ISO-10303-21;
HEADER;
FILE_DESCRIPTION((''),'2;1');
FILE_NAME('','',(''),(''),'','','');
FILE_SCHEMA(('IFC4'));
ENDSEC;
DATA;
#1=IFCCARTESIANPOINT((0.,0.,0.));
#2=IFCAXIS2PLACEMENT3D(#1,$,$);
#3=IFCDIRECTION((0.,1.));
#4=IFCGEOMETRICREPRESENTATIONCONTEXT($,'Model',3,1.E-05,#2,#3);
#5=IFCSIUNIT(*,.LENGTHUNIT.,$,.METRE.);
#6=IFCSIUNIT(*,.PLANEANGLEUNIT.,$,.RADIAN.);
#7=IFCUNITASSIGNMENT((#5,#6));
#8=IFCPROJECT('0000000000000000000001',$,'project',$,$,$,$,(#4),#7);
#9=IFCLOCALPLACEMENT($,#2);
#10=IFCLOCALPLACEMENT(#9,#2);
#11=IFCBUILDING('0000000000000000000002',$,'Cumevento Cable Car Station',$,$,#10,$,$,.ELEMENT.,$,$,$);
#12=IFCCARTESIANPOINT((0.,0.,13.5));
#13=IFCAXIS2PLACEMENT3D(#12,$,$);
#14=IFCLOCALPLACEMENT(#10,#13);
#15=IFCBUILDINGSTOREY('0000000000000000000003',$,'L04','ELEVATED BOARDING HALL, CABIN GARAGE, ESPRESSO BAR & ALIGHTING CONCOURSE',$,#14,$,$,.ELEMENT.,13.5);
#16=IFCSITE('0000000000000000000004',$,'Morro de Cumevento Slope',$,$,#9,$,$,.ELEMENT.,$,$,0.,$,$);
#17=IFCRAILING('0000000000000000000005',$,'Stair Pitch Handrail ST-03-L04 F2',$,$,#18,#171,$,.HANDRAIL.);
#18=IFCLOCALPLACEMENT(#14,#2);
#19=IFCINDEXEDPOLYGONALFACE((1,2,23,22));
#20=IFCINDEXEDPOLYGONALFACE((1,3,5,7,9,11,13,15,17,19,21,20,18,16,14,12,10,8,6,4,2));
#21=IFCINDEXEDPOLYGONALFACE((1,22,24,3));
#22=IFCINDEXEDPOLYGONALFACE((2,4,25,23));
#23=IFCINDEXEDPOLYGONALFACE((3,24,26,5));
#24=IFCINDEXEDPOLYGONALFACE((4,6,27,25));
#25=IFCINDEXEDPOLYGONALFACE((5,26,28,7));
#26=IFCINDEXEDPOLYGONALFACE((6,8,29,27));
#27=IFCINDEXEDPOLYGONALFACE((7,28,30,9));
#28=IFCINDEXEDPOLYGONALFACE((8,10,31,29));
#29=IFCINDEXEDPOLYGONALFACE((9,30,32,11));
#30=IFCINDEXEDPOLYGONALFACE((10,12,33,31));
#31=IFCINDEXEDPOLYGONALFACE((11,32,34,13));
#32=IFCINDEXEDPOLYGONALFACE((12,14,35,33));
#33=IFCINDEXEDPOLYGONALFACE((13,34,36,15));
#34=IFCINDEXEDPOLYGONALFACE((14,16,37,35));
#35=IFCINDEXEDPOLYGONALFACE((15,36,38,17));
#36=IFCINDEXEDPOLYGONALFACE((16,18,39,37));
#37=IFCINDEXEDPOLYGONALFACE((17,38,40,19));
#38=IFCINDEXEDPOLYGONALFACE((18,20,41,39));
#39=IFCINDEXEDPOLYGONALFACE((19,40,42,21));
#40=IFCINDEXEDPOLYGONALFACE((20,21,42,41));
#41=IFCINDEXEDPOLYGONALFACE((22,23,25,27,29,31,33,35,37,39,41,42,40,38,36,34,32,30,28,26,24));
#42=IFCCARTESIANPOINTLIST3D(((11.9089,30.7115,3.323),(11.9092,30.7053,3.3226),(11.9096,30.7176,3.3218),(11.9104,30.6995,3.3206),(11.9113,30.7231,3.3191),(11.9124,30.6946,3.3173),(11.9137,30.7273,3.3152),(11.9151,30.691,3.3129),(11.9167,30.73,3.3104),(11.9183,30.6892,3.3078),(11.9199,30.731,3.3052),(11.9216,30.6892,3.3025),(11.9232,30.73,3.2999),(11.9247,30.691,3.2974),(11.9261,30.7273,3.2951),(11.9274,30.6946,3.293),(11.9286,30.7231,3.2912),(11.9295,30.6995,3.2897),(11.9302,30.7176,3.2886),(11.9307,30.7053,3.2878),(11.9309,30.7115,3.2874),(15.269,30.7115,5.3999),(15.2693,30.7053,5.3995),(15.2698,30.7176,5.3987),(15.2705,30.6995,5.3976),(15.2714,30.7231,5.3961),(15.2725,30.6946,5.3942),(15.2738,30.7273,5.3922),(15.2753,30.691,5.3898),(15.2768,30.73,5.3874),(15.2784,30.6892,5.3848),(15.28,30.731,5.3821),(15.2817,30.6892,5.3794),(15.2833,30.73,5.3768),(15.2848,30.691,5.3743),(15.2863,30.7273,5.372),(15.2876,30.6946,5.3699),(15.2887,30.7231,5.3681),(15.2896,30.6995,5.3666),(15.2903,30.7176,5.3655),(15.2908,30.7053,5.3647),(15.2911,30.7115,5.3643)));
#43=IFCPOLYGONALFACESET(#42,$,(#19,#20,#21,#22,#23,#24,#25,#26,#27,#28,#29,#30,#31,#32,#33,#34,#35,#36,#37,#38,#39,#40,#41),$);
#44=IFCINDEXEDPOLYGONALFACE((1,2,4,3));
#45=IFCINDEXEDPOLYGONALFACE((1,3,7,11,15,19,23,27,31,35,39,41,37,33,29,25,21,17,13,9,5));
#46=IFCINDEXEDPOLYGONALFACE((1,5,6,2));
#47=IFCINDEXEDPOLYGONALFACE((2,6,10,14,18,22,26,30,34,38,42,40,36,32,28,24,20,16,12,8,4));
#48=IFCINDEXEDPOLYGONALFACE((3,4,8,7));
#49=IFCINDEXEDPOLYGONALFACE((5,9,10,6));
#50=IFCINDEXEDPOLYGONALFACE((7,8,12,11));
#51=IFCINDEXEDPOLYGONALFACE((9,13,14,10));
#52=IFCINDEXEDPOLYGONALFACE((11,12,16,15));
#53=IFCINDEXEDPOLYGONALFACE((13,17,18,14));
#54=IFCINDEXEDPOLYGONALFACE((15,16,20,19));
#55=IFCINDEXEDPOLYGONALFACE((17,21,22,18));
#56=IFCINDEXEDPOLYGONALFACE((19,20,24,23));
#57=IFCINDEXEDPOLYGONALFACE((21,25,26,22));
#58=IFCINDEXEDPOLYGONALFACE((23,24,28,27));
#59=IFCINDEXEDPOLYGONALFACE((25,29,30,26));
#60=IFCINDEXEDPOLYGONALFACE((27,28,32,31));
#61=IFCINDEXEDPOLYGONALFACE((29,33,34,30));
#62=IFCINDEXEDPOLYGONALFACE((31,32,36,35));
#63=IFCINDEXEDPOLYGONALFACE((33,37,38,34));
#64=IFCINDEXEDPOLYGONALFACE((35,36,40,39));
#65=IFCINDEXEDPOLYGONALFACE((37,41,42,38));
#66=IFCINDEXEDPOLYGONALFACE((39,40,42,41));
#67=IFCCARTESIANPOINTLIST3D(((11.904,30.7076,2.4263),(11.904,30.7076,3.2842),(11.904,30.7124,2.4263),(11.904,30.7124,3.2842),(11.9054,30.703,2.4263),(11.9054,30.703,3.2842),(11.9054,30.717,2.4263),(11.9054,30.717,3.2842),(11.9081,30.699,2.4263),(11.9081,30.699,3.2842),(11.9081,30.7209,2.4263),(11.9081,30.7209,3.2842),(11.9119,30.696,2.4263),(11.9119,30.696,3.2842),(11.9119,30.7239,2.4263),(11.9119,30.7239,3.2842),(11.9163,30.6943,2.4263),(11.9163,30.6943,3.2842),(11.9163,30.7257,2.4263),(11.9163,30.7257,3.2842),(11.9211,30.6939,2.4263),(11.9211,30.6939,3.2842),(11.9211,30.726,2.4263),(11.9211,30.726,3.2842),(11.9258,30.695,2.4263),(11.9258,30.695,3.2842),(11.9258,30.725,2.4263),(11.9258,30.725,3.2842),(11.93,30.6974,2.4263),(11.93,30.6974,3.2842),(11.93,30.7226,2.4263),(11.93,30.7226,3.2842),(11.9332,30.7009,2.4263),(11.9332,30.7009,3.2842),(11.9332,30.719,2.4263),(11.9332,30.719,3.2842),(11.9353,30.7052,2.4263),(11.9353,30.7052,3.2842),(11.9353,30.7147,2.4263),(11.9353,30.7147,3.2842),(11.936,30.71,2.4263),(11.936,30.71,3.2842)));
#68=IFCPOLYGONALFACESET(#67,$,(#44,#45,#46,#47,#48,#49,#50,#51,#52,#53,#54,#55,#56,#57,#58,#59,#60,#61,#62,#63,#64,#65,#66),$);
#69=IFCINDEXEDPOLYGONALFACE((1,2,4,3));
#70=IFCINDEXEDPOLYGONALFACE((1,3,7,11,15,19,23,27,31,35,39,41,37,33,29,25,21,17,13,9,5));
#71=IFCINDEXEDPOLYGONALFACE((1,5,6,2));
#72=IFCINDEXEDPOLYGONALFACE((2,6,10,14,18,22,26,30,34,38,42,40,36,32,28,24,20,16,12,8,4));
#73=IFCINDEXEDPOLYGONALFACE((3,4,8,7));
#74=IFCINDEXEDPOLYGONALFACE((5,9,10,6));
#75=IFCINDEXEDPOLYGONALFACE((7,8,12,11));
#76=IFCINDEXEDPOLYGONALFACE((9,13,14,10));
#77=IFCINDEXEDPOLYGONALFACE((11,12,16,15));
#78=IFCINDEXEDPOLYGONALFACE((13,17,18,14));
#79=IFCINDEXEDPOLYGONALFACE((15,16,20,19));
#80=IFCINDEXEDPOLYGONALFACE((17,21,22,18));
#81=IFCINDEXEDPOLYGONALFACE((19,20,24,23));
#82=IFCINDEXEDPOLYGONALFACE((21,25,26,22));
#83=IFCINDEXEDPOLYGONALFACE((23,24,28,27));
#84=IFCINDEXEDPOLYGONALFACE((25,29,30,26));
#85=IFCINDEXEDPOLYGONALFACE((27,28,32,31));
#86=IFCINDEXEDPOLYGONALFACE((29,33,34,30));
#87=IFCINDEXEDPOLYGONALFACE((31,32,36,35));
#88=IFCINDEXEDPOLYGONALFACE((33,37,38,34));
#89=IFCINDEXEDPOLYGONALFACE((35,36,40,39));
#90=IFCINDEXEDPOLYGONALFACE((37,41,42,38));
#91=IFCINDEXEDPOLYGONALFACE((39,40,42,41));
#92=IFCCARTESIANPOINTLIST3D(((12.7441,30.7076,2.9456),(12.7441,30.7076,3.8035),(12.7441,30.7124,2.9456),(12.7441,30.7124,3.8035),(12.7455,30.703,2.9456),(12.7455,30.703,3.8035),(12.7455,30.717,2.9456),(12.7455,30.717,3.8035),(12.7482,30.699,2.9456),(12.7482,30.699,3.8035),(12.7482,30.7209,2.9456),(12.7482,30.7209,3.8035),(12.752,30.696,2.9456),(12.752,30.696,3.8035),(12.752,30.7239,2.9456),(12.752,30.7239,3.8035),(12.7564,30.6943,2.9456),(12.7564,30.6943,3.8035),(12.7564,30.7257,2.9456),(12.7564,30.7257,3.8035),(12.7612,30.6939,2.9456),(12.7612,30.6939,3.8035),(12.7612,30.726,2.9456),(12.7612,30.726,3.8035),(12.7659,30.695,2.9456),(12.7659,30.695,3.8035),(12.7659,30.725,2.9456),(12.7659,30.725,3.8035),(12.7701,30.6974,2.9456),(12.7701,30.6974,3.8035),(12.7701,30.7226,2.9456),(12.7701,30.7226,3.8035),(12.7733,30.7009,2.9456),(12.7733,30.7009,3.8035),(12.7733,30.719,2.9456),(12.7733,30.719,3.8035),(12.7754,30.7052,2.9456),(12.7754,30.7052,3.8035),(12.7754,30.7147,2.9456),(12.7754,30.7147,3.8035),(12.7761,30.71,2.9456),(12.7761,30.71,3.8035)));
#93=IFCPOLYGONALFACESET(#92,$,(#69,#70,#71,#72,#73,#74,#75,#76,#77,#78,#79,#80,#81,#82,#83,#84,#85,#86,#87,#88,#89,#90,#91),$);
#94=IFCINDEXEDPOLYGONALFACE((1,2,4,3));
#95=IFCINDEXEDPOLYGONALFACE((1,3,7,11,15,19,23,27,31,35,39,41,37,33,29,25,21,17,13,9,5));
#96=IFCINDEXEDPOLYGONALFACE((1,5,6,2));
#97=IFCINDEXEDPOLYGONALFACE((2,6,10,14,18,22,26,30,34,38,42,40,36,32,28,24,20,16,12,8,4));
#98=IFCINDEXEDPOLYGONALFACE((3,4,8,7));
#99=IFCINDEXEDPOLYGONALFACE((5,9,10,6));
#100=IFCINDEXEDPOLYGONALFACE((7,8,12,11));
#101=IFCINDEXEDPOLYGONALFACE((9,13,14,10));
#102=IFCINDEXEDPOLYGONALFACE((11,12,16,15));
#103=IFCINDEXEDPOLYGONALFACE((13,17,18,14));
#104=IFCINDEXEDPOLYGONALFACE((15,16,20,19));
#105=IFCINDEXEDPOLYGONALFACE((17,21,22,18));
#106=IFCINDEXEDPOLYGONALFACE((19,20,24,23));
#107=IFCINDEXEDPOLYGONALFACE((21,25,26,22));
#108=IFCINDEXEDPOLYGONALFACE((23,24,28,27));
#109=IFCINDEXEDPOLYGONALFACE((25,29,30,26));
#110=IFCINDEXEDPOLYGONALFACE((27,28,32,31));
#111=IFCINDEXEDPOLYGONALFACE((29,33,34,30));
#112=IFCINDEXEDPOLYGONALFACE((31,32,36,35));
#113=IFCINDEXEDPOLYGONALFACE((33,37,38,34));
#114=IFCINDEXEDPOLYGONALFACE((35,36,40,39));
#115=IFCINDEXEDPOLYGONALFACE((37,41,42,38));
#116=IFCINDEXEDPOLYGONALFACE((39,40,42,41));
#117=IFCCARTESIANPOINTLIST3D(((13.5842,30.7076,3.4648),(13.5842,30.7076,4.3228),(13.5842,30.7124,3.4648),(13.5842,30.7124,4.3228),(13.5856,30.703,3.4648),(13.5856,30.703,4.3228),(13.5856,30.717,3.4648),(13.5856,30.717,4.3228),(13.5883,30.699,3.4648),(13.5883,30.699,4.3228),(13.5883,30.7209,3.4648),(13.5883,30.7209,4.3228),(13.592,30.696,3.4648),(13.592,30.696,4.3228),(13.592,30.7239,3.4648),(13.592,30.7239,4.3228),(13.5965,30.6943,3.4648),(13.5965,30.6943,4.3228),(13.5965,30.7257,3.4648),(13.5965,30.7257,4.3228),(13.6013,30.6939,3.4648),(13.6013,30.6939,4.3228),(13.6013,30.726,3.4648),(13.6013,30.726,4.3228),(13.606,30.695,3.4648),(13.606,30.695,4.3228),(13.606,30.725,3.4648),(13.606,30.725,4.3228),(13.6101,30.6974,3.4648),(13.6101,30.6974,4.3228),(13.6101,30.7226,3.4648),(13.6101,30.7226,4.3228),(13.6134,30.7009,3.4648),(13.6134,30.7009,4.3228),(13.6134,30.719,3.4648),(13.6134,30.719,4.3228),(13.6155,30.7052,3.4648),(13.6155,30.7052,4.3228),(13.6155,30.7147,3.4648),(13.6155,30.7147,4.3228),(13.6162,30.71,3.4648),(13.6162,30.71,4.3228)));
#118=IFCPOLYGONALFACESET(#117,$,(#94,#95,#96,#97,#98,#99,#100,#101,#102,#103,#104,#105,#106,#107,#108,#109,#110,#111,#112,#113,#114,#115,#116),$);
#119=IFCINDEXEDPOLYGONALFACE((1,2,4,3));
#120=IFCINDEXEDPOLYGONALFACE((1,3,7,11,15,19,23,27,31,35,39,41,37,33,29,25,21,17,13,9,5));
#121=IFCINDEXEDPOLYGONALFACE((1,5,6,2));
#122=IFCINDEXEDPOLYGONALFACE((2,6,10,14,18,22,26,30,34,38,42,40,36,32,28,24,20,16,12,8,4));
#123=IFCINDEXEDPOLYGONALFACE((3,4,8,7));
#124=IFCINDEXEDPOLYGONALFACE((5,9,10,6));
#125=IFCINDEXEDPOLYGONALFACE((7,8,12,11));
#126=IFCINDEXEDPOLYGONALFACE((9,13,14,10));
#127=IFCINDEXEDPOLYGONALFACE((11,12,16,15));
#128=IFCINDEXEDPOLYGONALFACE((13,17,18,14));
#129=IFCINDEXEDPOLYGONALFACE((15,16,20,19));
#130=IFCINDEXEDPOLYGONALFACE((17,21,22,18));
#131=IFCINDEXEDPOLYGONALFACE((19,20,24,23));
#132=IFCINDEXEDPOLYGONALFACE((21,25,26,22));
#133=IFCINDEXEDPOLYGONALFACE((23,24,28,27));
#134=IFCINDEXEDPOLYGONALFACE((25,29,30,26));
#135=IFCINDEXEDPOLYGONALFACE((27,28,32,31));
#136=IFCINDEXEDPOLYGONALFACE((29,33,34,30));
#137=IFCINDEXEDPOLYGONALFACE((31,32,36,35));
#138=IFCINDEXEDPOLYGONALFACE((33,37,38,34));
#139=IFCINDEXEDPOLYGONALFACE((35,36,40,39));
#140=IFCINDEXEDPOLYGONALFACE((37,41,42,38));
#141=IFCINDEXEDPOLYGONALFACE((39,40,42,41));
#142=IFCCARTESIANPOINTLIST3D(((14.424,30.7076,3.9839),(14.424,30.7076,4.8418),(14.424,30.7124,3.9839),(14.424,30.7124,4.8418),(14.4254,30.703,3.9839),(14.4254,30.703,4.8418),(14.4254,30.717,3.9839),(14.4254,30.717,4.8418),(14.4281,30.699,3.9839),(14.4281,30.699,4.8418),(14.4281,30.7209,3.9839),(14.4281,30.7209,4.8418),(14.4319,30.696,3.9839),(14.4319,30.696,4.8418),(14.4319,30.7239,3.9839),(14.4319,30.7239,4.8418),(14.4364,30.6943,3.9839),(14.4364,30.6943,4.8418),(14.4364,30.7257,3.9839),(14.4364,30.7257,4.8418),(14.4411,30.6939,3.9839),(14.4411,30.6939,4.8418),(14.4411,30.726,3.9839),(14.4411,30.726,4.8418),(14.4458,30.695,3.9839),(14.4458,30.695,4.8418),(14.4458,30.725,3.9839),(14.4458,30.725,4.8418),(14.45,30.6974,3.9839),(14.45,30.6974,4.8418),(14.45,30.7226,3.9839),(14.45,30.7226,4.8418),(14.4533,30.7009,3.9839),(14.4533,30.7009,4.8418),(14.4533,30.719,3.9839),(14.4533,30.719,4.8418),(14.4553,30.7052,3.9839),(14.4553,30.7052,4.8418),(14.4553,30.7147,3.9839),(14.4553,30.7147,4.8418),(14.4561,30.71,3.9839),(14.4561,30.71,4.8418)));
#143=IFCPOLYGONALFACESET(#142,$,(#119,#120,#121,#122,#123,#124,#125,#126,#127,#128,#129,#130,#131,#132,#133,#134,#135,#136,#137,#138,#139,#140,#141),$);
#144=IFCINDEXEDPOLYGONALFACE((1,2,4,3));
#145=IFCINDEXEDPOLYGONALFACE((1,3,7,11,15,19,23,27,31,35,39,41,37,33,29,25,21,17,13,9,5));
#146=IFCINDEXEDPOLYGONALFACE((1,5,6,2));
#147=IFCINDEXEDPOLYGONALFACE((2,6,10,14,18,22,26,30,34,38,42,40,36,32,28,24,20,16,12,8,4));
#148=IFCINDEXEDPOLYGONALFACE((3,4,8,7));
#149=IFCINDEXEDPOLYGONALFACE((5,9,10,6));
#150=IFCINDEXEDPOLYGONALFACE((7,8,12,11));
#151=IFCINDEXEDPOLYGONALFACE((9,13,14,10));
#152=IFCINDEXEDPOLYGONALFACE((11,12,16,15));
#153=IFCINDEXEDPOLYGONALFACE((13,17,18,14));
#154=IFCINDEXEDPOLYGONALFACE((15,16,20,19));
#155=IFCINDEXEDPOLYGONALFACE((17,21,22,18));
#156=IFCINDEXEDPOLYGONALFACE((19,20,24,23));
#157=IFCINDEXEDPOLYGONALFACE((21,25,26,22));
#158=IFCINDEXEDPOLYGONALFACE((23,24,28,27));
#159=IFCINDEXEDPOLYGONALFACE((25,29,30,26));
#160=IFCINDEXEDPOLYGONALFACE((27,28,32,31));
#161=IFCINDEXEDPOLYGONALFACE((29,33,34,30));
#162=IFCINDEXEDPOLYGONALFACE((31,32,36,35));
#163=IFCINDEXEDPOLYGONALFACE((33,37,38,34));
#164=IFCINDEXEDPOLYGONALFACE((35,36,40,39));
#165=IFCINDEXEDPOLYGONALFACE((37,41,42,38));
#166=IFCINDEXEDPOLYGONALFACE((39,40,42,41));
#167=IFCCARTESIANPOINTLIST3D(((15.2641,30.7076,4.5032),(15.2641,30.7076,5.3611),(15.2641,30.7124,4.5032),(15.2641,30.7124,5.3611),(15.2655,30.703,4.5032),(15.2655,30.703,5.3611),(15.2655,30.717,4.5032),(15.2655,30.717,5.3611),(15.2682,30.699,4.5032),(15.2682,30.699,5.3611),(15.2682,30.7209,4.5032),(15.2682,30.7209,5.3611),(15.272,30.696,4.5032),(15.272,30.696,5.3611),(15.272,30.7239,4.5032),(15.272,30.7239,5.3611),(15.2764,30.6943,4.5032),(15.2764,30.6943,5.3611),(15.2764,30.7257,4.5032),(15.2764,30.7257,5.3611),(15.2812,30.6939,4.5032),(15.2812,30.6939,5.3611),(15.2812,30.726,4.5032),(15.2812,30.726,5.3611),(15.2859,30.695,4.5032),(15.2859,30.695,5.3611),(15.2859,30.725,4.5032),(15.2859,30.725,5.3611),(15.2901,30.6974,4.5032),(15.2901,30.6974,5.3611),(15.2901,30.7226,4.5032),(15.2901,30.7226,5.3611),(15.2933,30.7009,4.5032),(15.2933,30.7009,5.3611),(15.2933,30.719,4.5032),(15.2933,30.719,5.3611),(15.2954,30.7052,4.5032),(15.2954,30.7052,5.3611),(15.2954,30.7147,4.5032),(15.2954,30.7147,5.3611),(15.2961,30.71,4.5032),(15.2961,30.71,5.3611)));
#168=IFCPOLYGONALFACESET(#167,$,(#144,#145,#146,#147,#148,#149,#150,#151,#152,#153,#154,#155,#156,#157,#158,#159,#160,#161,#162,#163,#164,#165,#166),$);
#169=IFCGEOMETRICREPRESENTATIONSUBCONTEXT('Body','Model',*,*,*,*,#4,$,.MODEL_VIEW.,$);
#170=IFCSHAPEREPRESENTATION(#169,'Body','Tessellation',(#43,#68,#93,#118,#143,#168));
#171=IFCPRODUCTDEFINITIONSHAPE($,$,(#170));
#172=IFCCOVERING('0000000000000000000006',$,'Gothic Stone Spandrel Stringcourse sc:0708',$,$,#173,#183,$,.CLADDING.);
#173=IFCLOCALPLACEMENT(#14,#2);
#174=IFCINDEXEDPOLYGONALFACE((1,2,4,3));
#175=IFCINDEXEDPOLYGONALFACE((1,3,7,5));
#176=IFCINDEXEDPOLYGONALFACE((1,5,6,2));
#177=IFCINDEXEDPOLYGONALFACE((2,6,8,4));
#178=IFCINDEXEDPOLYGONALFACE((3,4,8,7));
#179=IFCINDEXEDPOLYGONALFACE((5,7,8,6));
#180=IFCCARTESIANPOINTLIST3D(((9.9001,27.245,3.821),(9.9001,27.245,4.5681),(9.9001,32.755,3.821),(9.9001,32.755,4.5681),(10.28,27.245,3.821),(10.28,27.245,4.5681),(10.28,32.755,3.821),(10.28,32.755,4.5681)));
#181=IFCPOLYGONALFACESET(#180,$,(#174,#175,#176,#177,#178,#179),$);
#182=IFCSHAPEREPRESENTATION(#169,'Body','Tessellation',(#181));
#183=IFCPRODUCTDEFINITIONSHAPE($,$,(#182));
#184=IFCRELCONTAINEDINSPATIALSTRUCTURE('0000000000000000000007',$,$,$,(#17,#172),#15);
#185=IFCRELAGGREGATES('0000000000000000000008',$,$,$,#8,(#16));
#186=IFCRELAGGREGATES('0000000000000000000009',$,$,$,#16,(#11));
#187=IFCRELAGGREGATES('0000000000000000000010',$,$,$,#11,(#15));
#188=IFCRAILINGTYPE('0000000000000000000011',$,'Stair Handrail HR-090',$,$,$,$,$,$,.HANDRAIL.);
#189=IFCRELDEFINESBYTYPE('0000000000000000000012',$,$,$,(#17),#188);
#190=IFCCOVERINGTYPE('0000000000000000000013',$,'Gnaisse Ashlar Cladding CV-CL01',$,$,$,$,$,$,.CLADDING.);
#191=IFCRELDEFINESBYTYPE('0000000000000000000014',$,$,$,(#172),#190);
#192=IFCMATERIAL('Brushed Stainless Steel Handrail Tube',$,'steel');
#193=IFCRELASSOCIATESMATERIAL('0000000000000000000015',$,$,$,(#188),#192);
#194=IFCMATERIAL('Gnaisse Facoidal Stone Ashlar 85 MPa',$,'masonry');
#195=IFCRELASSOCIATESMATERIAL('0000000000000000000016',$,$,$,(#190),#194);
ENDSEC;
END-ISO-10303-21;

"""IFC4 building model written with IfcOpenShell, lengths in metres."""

from ifc_helpers import new_model, si_unit, direction, frame, origin, origin_2d, place, context, subcontext, project, spatial, rectangle, circle, extrude, material, type_object, element, save


model = new_model("IFC4")

# Units and contexts
model_context = context("Model", 3, precision=1e-05, world=origin(), true_north=direction((0.0, 1.0)))
body_context = subcontext(model_context, "Body", "Model", "MODEL_VIEW")
ifc_project = project(units=[si_unit("LENGTHUNIT", "METRE"), si_unit("PLANEANGLEUNIT", "RADIAN")], contexts=[model_context])

# Site, building, storey
site_placement = place(None, origin())
site = spatial("IfcSite", under=ifc_project, at=site_placement, Name="Morro de Cumevento Slope", CompositionType="ELEMENT", RefElevation=0.0)
building_placement = place(site_placement, origin())
building = spatial("IfcBuilding", under=site, at=building_placement, Name="Cumevento Cable Car Station", CompositionType="ELEMENT")
storey_placement = place(building_placement, frame((0.0, 0.0, 13.5)))
storey = spatial("IfcBuildingStorey", under=building, at=storey_placement, Name="L04", Description="ELEVATED BOARDING HALL, CABIN GARAGE, ESPRESSO BAR & ALIGHTING CONCOURSE", CompositionType="ELEMENT", Elevation=13.5)

# Railing
ifc_material_1 = material(Name="Brushed Stainless Steel Handrail Tube", Category="steel")
railing_type_1 = type_object("IfcRailingType", Name="Stair Handrail HR-090", PredefinedType="HANDRAIL", material=ifc_material_1)
railing_1_placement = place(storey_placement, frame((11.9199, 30.71, 2.4263)))
element("IfcRailing", 1, at=railing_1_placement, inside=storey, type_object=railing_type_1, Name="Stair Pitch Handrail ST-03-L04 F2", PredefinedType="HANDRAIL", context=body_context, shape_type="SweptSolid", body=[
    extrude(circle(Radius=0.021, at=origin_2d()), frame((0.0, 0.0, 0.8789), z_axis=(0.850623, 0.0, 0.525776), x_axis=(0.0, 1.0, 0.0)), (0.0, 0.0, 1.0), 3.9502),
    extrude(circle(Radius=0.0161, at=origin_2d()), origin(), (0.0, 0.0, 1.0), 0.8579),
    extrude(circle(Radius=0.0161, at=origin_2d()), frame((0.8401, 0.0, 0.5193)), (0.0, 0.0, 1.0), 0.8579),
    extrude(circle(Radius=0.0161, at=origin_2d()), frame((1.6802, 0.0, 1.0386)), (0.0, 0.0, 1.0), 0.8579),
    extrude(circle(Radius=0.0161, at=origin_2d()), frame((2.52, 0.0, 1.5576)), (0.0, 0.0, 1.0), 0.8579),
    extrude(circle(Radius=0.0161, at=origin_2d()), frame((3.3601, 0.0, 2.0769)), (0.0, 0.0, 1.0), 0.8579),
])

# Covering
ifc_material_2 = material(Name="Gnaisse Facoidal Stone Ashlar 85 MPa", Category="masonry")
covering_type = type_object("IfcCoveringType", Name="Gnaisse Ashlar Cladding CV-CL01", PredefinedType="CLADDING", material=ifc_material_2)
covering_1_placement = place(storey_placement, frame((10.0901, 30.0, 3.821), z_axis=(0.0, 0.0, 1.0), x_axis=(0.0, 1.0, 0.0)))
element("IfcCovering", 2, at=covering_1_placement, inside=storey, type_object=covering_type, Name="Gothic Stone Spandrel Stringcourse sc:0708", PredefinedType="CLADDING", context=body_context, shape_type="SweptSolid", body=[
    extrude(rectangle(XDim=5.51, YDim=0.3799, at=origin_2d()), origin(), (0.0, 0.0, 1.0), 0.7471),
])

save(model, "model.ifc")
